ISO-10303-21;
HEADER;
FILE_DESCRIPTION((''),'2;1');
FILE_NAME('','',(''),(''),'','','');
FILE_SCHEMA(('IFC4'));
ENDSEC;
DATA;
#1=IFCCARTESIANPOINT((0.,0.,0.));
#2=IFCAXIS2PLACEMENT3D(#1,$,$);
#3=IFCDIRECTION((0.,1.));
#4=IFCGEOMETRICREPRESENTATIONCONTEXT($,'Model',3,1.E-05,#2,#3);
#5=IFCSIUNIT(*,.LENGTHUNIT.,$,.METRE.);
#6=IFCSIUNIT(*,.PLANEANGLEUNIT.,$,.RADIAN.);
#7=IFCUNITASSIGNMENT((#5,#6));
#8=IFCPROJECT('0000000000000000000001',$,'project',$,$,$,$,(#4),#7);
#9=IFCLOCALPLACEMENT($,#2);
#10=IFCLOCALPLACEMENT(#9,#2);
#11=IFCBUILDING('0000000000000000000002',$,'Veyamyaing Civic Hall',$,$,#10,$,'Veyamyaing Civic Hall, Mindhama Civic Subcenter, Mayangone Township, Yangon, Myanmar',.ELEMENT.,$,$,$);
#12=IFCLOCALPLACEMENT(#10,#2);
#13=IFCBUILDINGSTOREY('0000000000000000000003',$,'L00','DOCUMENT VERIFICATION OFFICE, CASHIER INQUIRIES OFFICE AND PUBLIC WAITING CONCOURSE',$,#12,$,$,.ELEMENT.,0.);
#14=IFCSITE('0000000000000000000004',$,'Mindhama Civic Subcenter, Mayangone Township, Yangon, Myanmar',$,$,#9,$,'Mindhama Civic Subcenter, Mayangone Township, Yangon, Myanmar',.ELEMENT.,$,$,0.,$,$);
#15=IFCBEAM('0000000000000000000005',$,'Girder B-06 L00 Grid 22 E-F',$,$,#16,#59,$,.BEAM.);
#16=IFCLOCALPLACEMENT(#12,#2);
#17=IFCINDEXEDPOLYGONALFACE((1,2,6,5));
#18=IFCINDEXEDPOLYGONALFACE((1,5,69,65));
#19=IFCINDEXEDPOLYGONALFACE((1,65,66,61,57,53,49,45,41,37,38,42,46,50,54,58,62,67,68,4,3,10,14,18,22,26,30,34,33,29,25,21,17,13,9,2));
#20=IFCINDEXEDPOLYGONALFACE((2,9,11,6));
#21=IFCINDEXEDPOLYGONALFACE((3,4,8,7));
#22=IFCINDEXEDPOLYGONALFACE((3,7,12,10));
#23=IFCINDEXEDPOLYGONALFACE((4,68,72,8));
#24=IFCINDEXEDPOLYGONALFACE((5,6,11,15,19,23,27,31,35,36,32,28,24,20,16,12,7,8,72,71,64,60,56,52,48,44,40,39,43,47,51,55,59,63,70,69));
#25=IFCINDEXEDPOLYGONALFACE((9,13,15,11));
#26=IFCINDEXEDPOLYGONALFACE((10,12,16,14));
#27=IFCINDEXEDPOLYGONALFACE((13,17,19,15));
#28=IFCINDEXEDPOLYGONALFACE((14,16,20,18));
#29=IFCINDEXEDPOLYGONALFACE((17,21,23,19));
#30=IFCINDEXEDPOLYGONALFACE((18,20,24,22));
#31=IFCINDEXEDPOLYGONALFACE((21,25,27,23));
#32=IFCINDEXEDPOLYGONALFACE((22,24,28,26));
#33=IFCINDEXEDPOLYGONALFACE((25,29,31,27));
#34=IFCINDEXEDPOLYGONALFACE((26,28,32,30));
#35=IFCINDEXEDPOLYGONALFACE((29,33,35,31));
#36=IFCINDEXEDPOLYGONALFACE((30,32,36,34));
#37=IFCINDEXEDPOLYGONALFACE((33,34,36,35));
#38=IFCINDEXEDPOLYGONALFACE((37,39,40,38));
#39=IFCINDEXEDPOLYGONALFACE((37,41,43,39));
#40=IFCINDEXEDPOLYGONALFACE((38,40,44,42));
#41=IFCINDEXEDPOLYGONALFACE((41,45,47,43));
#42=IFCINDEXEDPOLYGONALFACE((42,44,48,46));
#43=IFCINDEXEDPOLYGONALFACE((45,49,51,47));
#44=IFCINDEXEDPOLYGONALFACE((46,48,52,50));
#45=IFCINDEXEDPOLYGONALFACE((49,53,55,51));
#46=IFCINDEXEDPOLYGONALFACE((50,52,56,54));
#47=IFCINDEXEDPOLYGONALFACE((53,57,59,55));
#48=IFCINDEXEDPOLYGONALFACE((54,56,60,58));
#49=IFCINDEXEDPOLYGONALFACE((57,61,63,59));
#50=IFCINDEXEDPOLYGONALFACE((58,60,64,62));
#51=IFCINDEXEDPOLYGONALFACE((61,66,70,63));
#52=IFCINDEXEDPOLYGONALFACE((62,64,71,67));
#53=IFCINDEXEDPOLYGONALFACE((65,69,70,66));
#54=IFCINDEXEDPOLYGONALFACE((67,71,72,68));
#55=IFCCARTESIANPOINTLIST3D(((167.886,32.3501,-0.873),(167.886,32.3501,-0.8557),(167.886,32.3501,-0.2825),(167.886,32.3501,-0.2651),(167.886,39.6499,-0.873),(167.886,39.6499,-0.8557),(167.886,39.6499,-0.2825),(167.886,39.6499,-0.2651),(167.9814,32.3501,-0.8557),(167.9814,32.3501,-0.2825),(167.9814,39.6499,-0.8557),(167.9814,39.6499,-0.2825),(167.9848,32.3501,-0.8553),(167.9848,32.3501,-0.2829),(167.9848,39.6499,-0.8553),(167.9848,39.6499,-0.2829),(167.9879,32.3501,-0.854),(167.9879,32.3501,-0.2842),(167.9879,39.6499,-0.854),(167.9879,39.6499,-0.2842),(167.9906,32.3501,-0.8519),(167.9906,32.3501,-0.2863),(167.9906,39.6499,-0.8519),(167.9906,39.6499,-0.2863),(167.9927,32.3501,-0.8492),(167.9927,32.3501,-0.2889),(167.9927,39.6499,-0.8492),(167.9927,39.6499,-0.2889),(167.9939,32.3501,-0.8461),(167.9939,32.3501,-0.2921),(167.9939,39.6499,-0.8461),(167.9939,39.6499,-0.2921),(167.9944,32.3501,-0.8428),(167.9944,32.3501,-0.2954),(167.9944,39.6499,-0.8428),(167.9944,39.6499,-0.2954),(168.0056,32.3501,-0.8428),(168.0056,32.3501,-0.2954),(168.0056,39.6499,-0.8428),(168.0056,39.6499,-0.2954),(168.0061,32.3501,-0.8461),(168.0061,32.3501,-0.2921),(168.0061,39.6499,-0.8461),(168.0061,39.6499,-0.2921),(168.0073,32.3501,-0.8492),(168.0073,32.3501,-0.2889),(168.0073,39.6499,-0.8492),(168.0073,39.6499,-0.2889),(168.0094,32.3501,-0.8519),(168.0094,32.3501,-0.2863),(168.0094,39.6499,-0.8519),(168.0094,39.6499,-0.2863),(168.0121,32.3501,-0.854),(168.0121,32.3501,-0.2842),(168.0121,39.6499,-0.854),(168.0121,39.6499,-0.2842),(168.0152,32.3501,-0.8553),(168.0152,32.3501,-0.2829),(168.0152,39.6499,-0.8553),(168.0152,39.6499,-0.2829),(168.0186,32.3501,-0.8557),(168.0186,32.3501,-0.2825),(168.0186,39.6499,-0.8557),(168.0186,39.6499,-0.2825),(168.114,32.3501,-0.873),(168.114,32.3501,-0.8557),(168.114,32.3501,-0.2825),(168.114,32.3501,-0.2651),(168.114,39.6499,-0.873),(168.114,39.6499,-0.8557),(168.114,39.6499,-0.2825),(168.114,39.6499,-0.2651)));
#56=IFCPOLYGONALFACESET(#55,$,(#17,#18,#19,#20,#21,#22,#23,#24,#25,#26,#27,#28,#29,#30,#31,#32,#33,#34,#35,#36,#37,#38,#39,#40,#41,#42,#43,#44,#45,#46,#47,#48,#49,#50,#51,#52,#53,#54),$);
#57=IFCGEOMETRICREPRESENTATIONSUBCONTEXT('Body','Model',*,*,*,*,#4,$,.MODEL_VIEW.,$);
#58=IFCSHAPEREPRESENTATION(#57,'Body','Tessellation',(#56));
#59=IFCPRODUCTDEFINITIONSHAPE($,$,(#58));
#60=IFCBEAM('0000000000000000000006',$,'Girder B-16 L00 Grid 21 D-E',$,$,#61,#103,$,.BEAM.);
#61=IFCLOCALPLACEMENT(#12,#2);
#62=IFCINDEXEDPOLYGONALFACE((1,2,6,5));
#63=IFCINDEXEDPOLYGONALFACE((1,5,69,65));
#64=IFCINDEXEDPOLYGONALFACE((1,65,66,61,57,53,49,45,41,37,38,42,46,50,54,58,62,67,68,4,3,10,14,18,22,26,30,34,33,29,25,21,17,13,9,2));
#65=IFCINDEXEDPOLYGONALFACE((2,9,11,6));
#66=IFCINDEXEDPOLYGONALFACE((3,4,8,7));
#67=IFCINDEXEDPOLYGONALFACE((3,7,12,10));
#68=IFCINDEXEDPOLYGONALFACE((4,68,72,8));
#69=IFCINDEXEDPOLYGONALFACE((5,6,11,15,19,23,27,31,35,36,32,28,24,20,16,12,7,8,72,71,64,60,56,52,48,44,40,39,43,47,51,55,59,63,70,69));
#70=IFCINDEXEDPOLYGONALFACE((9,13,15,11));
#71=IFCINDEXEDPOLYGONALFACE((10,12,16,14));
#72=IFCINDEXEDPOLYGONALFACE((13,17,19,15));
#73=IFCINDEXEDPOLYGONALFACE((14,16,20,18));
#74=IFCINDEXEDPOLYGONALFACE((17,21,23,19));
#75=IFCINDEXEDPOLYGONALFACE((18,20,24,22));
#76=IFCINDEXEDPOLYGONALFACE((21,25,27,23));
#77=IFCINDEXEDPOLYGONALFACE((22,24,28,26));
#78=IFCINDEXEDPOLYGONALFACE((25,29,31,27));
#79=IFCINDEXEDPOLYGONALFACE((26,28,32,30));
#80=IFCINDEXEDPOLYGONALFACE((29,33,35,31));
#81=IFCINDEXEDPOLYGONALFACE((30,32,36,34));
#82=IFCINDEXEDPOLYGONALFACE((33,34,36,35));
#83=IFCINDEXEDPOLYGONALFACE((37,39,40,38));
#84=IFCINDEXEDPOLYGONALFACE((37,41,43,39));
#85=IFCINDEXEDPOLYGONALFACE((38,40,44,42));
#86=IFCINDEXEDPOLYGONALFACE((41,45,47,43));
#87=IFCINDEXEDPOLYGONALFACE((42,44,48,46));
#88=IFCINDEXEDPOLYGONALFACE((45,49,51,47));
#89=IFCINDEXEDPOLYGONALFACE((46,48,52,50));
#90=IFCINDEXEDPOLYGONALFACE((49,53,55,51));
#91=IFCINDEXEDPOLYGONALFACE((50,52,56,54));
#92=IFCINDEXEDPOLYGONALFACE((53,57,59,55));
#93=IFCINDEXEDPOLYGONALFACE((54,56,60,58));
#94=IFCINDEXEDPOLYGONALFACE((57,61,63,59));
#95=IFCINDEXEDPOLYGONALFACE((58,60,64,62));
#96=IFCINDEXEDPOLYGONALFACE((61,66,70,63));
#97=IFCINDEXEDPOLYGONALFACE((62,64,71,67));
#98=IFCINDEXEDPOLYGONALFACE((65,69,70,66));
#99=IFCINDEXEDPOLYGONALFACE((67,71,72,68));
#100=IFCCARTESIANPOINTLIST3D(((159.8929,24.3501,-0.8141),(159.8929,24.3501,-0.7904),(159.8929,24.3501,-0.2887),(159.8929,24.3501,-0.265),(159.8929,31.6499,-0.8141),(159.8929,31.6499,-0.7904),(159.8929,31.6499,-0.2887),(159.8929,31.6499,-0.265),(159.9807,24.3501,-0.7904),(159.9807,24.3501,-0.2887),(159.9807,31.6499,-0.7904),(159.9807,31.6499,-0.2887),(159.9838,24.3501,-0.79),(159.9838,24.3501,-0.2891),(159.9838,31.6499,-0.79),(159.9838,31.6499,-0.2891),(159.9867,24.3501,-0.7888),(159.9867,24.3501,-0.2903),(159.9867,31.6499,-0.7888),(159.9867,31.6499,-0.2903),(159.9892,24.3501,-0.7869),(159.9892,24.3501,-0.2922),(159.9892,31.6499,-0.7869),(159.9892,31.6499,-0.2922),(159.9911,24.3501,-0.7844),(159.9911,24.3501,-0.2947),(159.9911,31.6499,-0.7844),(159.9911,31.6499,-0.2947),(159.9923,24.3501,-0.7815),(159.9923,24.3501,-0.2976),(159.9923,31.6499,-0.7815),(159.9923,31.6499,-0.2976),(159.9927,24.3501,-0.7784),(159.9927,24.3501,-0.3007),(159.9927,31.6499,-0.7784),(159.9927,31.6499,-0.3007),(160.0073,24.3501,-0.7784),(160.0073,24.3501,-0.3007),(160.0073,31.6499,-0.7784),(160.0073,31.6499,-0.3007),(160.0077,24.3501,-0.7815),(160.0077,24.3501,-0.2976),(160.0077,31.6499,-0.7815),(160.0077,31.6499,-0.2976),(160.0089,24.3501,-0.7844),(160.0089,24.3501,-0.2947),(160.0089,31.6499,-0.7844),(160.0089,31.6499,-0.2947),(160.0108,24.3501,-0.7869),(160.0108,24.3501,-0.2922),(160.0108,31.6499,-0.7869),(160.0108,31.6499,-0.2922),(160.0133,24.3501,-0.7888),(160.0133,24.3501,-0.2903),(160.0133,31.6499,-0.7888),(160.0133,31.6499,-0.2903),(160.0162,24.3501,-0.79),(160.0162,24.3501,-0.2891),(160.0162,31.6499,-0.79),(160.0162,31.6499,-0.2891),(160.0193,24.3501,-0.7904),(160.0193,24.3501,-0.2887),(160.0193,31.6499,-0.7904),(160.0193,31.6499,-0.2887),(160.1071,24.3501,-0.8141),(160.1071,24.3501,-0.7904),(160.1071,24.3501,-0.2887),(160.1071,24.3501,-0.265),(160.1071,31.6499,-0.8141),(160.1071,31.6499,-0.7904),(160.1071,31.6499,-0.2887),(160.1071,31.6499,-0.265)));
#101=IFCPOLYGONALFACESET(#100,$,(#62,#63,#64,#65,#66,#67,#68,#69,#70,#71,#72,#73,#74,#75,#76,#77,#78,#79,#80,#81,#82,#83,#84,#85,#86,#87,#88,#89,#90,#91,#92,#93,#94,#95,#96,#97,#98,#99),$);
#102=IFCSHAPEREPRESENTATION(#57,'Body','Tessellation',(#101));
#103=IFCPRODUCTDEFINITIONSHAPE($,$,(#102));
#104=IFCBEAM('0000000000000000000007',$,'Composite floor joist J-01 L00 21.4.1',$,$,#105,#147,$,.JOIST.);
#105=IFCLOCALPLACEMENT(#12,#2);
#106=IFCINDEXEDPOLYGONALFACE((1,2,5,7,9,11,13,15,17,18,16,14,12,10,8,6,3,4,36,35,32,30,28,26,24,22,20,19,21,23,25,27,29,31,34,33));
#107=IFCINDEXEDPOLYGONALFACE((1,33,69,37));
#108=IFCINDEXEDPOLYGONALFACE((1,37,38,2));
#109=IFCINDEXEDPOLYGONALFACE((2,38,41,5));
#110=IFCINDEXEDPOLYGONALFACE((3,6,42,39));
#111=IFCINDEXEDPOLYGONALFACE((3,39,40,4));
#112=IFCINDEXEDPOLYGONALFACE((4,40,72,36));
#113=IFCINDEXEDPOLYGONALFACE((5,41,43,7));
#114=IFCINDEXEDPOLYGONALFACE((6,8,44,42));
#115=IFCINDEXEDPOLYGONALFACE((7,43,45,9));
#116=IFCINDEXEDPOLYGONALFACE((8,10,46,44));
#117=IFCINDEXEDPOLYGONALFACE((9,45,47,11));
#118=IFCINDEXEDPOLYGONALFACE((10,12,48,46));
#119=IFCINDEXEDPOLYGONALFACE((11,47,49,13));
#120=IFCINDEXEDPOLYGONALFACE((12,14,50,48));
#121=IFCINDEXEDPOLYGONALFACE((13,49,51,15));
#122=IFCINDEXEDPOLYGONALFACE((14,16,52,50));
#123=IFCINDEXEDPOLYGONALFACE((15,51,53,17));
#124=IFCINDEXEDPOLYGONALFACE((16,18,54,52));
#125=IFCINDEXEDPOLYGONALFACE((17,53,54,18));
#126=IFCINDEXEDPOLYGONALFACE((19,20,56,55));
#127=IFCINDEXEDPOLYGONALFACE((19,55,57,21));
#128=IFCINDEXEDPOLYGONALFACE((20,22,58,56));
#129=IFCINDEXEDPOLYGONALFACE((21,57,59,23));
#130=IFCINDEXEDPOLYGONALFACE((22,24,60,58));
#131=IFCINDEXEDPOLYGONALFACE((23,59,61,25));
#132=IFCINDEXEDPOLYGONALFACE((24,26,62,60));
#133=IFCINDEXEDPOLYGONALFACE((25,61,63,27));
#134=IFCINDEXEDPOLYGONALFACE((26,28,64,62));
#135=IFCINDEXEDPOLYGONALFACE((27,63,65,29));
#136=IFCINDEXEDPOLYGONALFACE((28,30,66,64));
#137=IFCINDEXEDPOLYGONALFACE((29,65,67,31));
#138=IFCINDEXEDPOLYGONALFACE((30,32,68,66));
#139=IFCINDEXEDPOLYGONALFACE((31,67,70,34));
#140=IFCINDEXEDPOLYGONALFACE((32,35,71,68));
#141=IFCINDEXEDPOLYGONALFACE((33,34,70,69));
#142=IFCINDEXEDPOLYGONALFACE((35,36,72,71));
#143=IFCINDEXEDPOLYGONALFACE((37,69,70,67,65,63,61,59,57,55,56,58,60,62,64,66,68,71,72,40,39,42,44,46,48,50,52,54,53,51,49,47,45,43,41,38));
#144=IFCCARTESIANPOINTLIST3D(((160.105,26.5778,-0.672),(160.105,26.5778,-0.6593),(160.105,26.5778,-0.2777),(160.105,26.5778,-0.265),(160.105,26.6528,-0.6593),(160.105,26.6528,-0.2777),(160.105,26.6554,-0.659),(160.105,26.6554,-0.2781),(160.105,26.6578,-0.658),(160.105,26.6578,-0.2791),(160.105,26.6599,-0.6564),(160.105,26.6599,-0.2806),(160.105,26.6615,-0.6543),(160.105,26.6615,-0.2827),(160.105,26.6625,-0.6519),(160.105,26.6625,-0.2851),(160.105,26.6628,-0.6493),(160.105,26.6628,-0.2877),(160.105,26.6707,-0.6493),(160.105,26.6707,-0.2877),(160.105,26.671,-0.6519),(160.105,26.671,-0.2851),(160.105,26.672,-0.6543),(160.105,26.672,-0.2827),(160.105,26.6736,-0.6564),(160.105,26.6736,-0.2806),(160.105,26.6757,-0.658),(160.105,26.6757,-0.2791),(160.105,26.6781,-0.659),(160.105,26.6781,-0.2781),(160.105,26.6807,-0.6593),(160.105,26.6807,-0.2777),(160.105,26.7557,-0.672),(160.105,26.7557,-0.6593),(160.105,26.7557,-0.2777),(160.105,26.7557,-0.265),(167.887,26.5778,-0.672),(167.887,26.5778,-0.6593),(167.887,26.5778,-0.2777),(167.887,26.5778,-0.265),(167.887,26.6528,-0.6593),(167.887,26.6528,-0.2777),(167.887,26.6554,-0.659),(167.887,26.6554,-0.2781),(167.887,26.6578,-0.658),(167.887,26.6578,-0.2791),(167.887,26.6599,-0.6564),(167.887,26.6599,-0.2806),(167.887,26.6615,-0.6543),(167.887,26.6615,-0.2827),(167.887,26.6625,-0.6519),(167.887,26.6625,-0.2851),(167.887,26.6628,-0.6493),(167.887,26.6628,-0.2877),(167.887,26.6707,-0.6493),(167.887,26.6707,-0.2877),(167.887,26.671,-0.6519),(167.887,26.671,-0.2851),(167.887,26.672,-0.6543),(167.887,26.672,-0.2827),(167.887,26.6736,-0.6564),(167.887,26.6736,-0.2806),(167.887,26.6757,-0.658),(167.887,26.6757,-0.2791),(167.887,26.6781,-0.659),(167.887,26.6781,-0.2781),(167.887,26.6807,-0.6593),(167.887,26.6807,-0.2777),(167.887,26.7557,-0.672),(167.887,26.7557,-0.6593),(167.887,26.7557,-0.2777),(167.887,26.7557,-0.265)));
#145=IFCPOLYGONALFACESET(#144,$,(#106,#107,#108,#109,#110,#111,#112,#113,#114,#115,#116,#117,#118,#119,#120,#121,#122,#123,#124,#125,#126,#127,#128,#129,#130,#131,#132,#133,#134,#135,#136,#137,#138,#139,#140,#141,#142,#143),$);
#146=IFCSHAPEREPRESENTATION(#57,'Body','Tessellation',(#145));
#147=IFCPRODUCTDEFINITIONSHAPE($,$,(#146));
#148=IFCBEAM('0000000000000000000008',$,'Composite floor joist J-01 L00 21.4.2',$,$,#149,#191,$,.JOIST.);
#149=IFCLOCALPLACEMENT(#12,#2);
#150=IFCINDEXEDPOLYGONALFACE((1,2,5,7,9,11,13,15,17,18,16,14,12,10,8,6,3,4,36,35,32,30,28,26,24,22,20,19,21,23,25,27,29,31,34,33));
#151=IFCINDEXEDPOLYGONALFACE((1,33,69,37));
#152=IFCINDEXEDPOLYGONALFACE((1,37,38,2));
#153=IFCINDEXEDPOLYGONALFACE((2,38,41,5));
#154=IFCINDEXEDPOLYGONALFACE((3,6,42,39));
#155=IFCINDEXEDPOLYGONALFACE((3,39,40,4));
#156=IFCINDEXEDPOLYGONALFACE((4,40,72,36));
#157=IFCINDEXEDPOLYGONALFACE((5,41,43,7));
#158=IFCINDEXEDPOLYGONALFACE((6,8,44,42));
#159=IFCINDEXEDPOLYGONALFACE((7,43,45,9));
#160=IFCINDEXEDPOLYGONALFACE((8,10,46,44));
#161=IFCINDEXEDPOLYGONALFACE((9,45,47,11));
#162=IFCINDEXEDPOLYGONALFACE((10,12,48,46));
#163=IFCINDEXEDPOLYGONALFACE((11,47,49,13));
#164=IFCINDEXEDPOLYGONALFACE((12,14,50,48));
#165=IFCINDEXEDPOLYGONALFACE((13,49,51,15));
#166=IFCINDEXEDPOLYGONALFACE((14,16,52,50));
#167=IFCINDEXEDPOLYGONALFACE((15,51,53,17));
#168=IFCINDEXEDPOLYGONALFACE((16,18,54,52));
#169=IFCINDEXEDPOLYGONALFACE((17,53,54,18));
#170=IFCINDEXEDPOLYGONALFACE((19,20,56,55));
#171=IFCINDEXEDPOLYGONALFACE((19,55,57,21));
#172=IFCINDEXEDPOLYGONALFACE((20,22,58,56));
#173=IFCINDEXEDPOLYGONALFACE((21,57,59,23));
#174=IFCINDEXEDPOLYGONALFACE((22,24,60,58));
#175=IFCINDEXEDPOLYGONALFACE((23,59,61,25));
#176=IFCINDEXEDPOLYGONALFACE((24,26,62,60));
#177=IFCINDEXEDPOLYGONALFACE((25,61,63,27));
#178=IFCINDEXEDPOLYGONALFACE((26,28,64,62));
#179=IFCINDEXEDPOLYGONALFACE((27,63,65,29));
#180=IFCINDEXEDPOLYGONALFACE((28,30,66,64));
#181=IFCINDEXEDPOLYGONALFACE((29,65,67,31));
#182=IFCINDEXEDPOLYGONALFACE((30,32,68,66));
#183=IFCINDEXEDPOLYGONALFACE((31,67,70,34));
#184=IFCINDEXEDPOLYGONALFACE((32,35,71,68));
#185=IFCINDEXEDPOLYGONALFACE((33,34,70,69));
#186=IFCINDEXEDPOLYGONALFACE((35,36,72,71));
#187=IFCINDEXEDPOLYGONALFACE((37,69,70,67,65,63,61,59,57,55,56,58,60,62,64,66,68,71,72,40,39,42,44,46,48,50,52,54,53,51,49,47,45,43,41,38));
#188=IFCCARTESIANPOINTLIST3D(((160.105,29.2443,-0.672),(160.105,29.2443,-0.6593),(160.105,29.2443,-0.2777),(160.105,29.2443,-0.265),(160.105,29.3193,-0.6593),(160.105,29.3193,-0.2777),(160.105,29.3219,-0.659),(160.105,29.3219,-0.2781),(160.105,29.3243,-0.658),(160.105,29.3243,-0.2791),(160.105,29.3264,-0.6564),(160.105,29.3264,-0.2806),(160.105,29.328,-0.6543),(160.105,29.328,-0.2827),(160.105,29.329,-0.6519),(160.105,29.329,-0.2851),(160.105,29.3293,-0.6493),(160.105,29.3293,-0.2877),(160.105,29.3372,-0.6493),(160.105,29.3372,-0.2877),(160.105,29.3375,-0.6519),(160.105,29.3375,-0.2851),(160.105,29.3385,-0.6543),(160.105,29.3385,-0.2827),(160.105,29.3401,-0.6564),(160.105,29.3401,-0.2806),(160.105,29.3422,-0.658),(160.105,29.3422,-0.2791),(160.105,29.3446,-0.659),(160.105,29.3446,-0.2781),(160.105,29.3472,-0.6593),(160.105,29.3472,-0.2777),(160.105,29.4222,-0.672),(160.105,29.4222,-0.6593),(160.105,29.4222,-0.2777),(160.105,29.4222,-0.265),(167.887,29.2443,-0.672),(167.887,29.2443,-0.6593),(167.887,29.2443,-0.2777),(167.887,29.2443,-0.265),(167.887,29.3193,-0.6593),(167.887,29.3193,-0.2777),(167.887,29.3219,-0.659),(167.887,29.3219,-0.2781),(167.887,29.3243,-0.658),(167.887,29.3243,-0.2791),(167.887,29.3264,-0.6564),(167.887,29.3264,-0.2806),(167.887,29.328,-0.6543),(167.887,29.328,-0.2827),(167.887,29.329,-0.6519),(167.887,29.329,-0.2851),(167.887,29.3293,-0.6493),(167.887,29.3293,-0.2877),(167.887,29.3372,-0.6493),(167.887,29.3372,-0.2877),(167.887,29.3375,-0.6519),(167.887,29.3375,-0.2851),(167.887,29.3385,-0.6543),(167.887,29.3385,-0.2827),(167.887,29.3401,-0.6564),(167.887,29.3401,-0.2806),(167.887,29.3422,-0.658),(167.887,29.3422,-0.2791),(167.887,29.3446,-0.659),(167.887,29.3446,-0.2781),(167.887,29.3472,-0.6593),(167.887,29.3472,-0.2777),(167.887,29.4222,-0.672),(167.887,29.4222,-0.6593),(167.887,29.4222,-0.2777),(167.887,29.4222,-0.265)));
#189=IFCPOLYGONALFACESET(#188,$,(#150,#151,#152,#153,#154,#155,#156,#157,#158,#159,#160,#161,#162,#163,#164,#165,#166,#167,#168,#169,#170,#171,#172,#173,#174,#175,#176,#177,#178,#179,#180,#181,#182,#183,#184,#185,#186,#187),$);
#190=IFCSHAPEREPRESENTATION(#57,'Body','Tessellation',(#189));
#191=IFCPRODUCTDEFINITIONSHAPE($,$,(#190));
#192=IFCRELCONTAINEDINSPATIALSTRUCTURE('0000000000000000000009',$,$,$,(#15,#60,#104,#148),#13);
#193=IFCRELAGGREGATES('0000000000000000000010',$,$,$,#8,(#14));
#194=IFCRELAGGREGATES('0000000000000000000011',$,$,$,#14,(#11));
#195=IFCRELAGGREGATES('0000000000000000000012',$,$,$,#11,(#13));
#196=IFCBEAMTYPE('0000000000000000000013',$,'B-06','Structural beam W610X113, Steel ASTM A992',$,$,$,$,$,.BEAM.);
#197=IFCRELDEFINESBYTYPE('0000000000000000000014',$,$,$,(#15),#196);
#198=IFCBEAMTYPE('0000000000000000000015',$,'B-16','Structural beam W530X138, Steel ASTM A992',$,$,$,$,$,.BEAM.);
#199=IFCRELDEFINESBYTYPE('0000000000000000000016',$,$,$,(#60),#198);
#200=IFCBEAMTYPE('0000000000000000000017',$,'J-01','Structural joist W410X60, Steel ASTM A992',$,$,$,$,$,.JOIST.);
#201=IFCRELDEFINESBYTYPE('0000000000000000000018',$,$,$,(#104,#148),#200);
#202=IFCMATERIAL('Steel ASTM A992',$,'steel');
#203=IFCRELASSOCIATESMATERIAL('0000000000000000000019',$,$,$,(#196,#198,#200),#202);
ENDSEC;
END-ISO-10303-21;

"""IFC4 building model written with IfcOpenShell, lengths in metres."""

from ifc_helpers import new_model, si_unit, direction, frame, origin, origin_2d, place, context, subcontext, project, spatial, i_section, extrude, material, material_profile, profile_set, type_object, element, save


model = new_model("IFC4")

# Units and contexts
model_context = context("Model", 3, precision=1e-05, world=origin(), true_north=direction((0.0, 1.0)))
body_context = subcontext(model_context, "Body", "Model", "MODEL_VIEW")
ifc_project = project(units=[si_unit("LENGTHUNIT", "METRE"), si_unit("PLANEANGLEUNIT", "RADIAN")], contexts=[model_context])

# Site, building, storey
site_placement = place(None, origin())
site = spatial("IfcSite", under=ifc_project, at=site_placement, Name="Mindhama Civic Subcenter, Mayangone Township, Yangon, Myanmar", LongName="Mindhama Civic Subcenter, Mayangone Township, Yangon, Myanmar", CompositionType="ELEMENT", RefElevation=0.0)
building_placement = place(site_placement, origin())
building = spatial("IfcBuilding", under=site, at=building_placement, Name="Veyamyaing Civic Hall", LongName="Veyamyaing Civic Hall, Mindhama Civic Subcenter, Mayangone Township, Yangon, Myanmar", CompositionType="ELEMENT")
storey_placement = place(building_placement, origin())
storey = spatial("IfcBuildingStorey", under=building, at=storey_placement, Name="L00", Description="DOCUMENT VERIFICATION OFFICE, CASHIER INQUIRIES OFFICE AND PUBLIC WAITING CONCOURSE", CompositionType="ELEMENT", Elevation=0.0)

# Beams
ifc_material_1 = material(Name="Steel ASTM A992", Category="steel")
ifc_material_profile_1 = material_profile(ifc_material_1, i_section(OverallWidth=0.228, OverallDepth=0.6079, WebThickness=0.0112, FlangeThickness=0.0173, FilletRadius=0.0129, at=origin_2d()), Name="W610X113")
ifc_profile_set_1 = profile_set([ifc_material_profile_1], Name="Steel ASTM A992")
beam_type_1 = type_object("IfcBeamType", Name="B-06", Description="Structural beam W610X113, Steel ASTM A992", PredefinedType="BEAM", material=ifc_profile_set_1)
beam_1_placement = place(storey_placement, frame((168.0, 32.3501, -0.5691), z_axis=(0.0, 1.0, 0.0), x_axis=(-1.0, 0.0, 0.0)))
element("IfcBeam", 1, at=beam_1_placement, inside=storey, type_object=beam_type_1, Name="Girder B-06 L00 Grid 22 E-F", PredefinedType="BEAM", context=body_context, shape_type="SweptSolid", body=[
    extrude(i_section(OverallWidth=0.228, OverallDepth=0.6079, WebThickness=0.0112, FlangeThickness=0.0173, FilletRadius=0.0129, at=origin_2d()), origin(), (0.0, 0.0, 1.0), 7.2998),
])
ifc_material_profile_2 = material_profile(ifc_material_1, i_section(OverallWidth=0.2141, OverallDepth=0.5491, WebThickness=0.0146, FlangeThickness=0.0237, FilletRadius=0.012, at=origin_2d()), Name="W530X138")
ifc_profile_set_2 = profile_set([ifc_material_profile_2], Name="Steel ASTM A992")
beam_type_2 = type_object("IfcBeamType", Name="B-16", Description="Structural beam W530X138, Steel ASTM A992", PredefinedType="BEAM", material=ifc_profile_set_2)
beam_2_placement = place(storey_placement, frame((160.0, 24.3501, -0.5396), z_axis=(0.0, 1.0, 0.0), x_axis=(-1.0, 0.0, 0.0)))
element("IfcBeam", 2, at=beam_2_placement, inside=storey, type_object=beam_type_2, Name="Girder B-16 L00 Grid 21 D-E", PredefinedType="BEAM", context=body_context, shape_type="SweptSolid", body=[
    extrude(i_section(OverallWidth=0.2141, OverallDepth=0.5491, WebThickness=0.0146, FlangeThickness=0.0237, FilletRadius=0.012, at=origin_2d()), origin(), (0.0, 0.0, 1.0), 7.2998),
])
ifc_material_profile_3 = material_profile(ifc_material_1, i_section(OverallWidth=0.178, OverallDepth=0.407, WebThickness=0.0078, FlangeThickness=0.0127, FilletRadius=0.01, at=origin_2d()), Name="W410X60")
ifc_profile_set_3 = profile_set([ifc_material_profile_3], Name="Steel ASTM A992")
beam_type_3 = type_object("IfcBeamType", Name="J-01", Description="Structural joist W410X60, Steel ASTM A992", PredefinedType="JOIST", material=ifc_profile_set_3)
for number, where, z_axis, x_axis, name in (
    (3, (160.105, 26.6667, -0.4685), (1.0, 0.0, 0.0), (0.0, 1.0, 0.0), "Composite floor joist J-01 L00 21.4.1"),
    (4, (160.105, 29.3333, -0.4685), (1.0, 0.0, 0.0), (0.0, 1.0, 0.0), "Composite floor joist J-01 L00 21.4.2"),
):
    element("IfcBeam", number, at=place(storey_placement, frame(where, z_axis=z_axis, x_axis=x_axis)), inside=storey, type_object=beam_type_3, Name=name, PredefinedType="JOIST", context=body_context, shape_type="SweptSolid", body=[
        extrude(i_section(OverallWidth=0.178, OverallDepth=0.407, WebThickness=0.0078, FlangeThickness=0.0127, FilletRadius=0.01, at=origin_2d()), origin(), (0.0, 0.0, 1.0), 7.782),
    ])

save(model, "model.ifc")
